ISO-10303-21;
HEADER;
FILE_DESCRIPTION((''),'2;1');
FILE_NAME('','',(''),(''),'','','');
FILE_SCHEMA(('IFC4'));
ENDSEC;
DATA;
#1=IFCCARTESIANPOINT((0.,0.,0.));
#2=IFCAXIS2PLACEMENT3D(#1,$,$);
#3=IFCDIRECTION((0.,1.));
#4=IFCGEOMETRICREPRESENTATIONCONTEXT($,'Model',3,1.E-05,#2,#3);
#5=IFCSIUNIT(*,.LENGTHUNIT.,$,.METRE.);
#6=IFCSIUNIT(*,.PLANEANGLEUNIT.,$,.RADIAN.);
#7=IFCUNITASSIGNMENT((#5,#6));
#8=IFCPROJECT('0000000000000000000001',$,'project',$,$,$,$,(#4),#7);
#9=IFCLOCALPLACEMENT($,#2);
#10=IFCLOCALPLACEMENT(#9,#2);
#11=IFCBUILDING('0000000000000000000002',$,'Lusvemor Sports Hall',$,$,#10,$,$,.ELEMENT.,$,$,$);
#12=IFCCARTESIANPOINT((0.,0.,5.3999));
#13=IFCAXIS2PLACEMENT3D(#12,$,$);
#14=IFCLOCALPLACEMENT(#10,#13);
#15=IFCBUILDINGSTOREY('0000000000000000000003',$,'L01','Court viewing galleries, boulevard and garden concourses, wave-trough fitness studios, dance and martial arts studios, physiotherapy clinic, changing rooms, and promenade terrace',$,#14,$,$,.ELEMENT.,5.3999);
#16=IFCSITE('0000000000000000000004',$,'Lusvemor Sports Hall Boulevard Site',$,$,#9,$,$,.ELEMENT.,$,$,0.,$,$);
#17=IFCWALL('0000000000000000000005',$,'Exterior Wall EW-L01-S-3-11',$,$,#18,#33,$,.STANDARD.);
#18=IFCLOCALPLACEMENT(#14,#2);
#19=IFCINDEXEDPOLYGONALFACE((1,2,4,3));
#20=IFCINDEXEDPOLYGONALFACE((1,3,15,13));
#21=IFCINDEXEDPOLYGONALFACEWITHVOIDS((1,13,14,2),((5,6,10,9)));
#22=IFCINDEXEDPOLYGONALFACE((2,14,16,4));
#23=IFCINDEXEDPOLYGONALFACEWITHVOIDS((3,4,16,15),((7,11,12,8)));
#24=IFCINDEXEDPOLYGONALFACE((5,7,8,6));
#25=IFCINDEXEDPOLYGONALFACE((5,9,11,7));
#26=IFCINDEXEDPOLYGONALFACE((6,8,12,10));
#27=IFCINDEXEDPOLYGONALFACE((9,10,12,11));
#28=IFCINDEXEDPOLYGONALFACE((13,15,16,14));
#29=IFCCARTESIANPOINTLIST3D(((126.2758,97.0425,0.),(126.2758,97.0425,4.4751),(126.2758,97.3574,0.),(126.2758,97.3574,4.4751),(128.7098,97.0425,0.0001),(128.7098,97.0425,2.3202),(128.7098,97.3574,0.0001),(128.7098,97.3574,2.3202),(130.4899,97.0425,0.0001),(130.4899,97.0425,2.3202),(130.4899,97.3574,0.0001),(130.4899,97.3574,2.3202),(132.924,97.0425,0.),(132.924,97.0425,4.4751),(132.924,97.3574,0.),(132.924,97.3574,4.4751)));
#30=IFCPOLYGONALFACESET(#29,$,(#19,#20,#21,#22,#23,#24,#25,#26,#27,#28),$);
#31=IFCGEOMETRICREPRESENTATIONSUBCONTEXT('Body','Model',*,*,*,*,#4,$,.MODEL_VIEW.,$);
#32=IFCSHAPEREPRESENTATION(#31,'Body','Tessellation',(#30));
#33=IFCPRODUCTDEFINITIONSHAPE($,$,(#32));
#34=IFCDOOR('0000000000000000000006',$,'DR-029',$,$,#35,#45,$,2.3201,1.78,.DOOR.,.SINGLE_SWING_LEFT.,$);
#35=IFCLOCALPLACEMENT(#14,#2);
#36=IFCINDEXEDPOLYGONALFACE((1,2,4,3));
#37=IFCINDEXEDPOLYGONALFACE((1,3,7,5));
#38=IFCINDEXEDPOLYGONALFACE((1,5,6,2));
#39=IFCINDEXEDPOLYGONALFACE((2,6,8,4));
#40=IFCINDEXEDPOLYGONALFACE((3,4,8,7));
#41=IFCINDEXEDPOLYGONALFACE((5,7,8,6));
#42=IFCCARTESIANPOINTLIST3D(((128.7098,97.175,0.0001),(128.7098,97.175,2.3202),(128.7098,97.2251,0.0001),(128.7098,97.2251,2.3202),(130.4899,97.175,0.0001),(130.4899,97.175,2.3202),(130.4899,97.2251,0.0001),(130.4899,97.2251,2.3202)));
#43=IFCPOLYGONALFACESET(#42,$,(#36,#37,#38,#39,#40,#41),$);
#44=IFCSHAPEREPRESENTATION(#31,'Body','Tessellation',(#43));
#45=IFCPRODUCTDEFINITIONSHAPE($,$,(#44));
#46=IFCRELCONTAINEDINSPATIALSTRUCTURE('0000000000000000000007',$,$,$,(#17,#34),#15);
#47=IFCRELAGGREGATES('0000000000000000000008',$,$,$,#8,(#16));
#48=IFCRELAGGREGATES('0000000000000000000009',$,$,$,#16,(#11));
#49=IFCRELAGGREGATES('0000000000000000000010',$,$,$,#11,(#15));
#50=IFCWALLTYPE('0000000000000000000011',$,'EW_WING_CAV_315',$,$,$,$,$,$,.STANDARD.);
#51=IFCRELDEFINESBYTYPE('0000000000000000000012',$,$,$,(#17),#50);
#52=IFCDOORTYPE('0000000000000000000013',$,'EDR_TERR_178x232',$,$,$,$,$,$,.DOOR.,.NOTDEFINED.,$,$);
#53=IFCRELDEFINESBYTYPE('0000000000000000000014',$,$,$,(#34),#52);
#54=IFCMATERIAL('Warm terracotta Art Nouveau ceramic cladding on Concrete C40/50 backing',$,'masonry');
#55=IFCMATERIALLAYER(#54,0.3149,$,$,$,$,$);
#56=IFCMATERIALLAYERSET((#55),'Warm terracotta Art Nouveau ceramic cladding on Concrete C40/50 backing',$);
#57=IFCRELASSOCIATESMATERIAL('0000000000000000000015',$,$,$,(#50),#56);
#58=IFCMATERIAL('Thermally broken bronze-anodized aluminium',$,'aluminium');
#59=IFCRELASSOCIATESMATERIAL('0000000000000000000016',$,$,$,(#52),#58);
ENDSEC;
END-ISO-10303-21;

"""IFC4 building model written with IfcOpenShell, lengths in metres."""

from ifc_helpers import new_model, si_unit, direction, frame, frame_2d, origin, place, context, subcontext, project, spatial, rectangle, extrude, material, layer, layer_set, type_object, element, fill, save


model = new_model("IFC4")

# Units and contexts
model_context = context("Model", 3, precision=1e-05, world=origin(), true_north=direction((0.0, 1.0)))
body_context = subcontext(model_context, "Body", "Model", "MODEL_VIEW")
ifc_project = project(units=[si_unit("LENGTHUNIT", "METRE"), si_unit("PLANEANGLEUNIT", "RADIAN")], contexts=[model_context])

# Site, building, storey
site_placement = place(None, origin())
site = spatial("IfcSite", under=ifc_project, at=site_placement, Name="Lusvemor Sports Hall Boulevard Site", CompositionType="ELEMENT", RefElevation=0.0)
building_placement = place(site_placement, origin())
building = spatial("IfcBuilding", under=site, at=building_placement, Name="Lusvemor Sports Hall", CompositionType="ELEMENT")
storey_placement = place(building_placement, frame((0.0, 0.0, 5.3999)))
storey = spatial("IfcBuildingStorey", under=building, at=storey_placement, Name="L01", Description="Court viewing galleries, boulevard and garden concourses, wave-trough fitness studios, dance and martial arts studios, physiotherapy clinic, changing rooms, and promenade terrace", CompositionType="ELEMENT", Elevation=5.3999)

# Wall, opening, door
ifc_material_1 = material(Name="Warm terracotta Art Nouveau ceramic cladding on Concrete C40/50 backing", Category="masonry")
ifc_layer_1 = layer(ifc_material_1, 0.3149)
ifc_layer_set_1 = layer_set([ifc_layer_1], Name="Warm terracotta Art Nouveau ceramic cladding on Concrete C40/50 backing")
wall_type = type_object("IfcWallType", Name="EW_WING_CAV_315", PredefinedType="STANDARD", material=ifc_layer_set_1)
wall_placement = place(storey_placement, frame((132.9241, 97.2, 0.0), z_axis=(0.0, 0.0, 1.0), x_axis=(-1.0, 0.0, 0.0)))
wall = element("IfcWall", 1, at=wall_placement, inside=storey, type_object=wall_type, Name="Exterior Wall EW-L01-S-3-11", PredefinedType="STANDARD", context=body_context, shape_type="SweptSolid", body=[
    extrude(rectangle(XDim=6.6482, YDim=0.3149, at=frame_2d((3.3242, 0.0))), origin(), (0.0, 0.0, 1.0), 4.4751),
])
opening_placement = place(wall_placement, frame((2.4341, 0.0, 0.0)))
opening = element("IfcOpeningElement", 2, at=opening_placement, cuts=wall, PredefinedType="OPENING", context=body_context, shape_type="SweptSolid", body=[
    extrude(rectangle(XDim=1.78, YDim=2.3201, at=frame_2d((0.8901, 1.1602))), frame((0.0, 0.1575, 0.0), z_axis=(0.0, -1.0, 0.0), x_axis=(1.0, 0.0, 0.0)), (0.0, 0.0, 1.0), 0.3149),
])
ifc_material_2 = material(Name="Thermally broken bronze-anodized aluminium", Category="aluminium")
door_type = type_object("IfcDoorType", Name="EDR_TERR_178x232", OperationType="NOTDEFINED", PredefinedType="DOOR", material=ifc_material_2)
door_placement = place(opening_placement, origin())
door = element("IfcDoor", 3, at=door_placement, inside=storey, type_object=door_type, Name="DR-029", OperationType="SINGLE_SWING_LEFT", OverallHeight=2.3201, OverallWidth=1.78, PredefinedType="DOOR", context=body_context, shape_type="SweptSolid", body=[
    extrude(rectangle(XDim=1.78, YDim=2.3201, at=frame_2d((0.8901, 1.1602))), frame((0.0, 0.0249, 0.0), z_axis=(0.0, -1.0, 0.0), x_axis=(1.0, 0.0, 0.0)), (0.0, 0.0, 1.0), 0.05),
])
fill(opening, door)

save(model, "model.ifc")
